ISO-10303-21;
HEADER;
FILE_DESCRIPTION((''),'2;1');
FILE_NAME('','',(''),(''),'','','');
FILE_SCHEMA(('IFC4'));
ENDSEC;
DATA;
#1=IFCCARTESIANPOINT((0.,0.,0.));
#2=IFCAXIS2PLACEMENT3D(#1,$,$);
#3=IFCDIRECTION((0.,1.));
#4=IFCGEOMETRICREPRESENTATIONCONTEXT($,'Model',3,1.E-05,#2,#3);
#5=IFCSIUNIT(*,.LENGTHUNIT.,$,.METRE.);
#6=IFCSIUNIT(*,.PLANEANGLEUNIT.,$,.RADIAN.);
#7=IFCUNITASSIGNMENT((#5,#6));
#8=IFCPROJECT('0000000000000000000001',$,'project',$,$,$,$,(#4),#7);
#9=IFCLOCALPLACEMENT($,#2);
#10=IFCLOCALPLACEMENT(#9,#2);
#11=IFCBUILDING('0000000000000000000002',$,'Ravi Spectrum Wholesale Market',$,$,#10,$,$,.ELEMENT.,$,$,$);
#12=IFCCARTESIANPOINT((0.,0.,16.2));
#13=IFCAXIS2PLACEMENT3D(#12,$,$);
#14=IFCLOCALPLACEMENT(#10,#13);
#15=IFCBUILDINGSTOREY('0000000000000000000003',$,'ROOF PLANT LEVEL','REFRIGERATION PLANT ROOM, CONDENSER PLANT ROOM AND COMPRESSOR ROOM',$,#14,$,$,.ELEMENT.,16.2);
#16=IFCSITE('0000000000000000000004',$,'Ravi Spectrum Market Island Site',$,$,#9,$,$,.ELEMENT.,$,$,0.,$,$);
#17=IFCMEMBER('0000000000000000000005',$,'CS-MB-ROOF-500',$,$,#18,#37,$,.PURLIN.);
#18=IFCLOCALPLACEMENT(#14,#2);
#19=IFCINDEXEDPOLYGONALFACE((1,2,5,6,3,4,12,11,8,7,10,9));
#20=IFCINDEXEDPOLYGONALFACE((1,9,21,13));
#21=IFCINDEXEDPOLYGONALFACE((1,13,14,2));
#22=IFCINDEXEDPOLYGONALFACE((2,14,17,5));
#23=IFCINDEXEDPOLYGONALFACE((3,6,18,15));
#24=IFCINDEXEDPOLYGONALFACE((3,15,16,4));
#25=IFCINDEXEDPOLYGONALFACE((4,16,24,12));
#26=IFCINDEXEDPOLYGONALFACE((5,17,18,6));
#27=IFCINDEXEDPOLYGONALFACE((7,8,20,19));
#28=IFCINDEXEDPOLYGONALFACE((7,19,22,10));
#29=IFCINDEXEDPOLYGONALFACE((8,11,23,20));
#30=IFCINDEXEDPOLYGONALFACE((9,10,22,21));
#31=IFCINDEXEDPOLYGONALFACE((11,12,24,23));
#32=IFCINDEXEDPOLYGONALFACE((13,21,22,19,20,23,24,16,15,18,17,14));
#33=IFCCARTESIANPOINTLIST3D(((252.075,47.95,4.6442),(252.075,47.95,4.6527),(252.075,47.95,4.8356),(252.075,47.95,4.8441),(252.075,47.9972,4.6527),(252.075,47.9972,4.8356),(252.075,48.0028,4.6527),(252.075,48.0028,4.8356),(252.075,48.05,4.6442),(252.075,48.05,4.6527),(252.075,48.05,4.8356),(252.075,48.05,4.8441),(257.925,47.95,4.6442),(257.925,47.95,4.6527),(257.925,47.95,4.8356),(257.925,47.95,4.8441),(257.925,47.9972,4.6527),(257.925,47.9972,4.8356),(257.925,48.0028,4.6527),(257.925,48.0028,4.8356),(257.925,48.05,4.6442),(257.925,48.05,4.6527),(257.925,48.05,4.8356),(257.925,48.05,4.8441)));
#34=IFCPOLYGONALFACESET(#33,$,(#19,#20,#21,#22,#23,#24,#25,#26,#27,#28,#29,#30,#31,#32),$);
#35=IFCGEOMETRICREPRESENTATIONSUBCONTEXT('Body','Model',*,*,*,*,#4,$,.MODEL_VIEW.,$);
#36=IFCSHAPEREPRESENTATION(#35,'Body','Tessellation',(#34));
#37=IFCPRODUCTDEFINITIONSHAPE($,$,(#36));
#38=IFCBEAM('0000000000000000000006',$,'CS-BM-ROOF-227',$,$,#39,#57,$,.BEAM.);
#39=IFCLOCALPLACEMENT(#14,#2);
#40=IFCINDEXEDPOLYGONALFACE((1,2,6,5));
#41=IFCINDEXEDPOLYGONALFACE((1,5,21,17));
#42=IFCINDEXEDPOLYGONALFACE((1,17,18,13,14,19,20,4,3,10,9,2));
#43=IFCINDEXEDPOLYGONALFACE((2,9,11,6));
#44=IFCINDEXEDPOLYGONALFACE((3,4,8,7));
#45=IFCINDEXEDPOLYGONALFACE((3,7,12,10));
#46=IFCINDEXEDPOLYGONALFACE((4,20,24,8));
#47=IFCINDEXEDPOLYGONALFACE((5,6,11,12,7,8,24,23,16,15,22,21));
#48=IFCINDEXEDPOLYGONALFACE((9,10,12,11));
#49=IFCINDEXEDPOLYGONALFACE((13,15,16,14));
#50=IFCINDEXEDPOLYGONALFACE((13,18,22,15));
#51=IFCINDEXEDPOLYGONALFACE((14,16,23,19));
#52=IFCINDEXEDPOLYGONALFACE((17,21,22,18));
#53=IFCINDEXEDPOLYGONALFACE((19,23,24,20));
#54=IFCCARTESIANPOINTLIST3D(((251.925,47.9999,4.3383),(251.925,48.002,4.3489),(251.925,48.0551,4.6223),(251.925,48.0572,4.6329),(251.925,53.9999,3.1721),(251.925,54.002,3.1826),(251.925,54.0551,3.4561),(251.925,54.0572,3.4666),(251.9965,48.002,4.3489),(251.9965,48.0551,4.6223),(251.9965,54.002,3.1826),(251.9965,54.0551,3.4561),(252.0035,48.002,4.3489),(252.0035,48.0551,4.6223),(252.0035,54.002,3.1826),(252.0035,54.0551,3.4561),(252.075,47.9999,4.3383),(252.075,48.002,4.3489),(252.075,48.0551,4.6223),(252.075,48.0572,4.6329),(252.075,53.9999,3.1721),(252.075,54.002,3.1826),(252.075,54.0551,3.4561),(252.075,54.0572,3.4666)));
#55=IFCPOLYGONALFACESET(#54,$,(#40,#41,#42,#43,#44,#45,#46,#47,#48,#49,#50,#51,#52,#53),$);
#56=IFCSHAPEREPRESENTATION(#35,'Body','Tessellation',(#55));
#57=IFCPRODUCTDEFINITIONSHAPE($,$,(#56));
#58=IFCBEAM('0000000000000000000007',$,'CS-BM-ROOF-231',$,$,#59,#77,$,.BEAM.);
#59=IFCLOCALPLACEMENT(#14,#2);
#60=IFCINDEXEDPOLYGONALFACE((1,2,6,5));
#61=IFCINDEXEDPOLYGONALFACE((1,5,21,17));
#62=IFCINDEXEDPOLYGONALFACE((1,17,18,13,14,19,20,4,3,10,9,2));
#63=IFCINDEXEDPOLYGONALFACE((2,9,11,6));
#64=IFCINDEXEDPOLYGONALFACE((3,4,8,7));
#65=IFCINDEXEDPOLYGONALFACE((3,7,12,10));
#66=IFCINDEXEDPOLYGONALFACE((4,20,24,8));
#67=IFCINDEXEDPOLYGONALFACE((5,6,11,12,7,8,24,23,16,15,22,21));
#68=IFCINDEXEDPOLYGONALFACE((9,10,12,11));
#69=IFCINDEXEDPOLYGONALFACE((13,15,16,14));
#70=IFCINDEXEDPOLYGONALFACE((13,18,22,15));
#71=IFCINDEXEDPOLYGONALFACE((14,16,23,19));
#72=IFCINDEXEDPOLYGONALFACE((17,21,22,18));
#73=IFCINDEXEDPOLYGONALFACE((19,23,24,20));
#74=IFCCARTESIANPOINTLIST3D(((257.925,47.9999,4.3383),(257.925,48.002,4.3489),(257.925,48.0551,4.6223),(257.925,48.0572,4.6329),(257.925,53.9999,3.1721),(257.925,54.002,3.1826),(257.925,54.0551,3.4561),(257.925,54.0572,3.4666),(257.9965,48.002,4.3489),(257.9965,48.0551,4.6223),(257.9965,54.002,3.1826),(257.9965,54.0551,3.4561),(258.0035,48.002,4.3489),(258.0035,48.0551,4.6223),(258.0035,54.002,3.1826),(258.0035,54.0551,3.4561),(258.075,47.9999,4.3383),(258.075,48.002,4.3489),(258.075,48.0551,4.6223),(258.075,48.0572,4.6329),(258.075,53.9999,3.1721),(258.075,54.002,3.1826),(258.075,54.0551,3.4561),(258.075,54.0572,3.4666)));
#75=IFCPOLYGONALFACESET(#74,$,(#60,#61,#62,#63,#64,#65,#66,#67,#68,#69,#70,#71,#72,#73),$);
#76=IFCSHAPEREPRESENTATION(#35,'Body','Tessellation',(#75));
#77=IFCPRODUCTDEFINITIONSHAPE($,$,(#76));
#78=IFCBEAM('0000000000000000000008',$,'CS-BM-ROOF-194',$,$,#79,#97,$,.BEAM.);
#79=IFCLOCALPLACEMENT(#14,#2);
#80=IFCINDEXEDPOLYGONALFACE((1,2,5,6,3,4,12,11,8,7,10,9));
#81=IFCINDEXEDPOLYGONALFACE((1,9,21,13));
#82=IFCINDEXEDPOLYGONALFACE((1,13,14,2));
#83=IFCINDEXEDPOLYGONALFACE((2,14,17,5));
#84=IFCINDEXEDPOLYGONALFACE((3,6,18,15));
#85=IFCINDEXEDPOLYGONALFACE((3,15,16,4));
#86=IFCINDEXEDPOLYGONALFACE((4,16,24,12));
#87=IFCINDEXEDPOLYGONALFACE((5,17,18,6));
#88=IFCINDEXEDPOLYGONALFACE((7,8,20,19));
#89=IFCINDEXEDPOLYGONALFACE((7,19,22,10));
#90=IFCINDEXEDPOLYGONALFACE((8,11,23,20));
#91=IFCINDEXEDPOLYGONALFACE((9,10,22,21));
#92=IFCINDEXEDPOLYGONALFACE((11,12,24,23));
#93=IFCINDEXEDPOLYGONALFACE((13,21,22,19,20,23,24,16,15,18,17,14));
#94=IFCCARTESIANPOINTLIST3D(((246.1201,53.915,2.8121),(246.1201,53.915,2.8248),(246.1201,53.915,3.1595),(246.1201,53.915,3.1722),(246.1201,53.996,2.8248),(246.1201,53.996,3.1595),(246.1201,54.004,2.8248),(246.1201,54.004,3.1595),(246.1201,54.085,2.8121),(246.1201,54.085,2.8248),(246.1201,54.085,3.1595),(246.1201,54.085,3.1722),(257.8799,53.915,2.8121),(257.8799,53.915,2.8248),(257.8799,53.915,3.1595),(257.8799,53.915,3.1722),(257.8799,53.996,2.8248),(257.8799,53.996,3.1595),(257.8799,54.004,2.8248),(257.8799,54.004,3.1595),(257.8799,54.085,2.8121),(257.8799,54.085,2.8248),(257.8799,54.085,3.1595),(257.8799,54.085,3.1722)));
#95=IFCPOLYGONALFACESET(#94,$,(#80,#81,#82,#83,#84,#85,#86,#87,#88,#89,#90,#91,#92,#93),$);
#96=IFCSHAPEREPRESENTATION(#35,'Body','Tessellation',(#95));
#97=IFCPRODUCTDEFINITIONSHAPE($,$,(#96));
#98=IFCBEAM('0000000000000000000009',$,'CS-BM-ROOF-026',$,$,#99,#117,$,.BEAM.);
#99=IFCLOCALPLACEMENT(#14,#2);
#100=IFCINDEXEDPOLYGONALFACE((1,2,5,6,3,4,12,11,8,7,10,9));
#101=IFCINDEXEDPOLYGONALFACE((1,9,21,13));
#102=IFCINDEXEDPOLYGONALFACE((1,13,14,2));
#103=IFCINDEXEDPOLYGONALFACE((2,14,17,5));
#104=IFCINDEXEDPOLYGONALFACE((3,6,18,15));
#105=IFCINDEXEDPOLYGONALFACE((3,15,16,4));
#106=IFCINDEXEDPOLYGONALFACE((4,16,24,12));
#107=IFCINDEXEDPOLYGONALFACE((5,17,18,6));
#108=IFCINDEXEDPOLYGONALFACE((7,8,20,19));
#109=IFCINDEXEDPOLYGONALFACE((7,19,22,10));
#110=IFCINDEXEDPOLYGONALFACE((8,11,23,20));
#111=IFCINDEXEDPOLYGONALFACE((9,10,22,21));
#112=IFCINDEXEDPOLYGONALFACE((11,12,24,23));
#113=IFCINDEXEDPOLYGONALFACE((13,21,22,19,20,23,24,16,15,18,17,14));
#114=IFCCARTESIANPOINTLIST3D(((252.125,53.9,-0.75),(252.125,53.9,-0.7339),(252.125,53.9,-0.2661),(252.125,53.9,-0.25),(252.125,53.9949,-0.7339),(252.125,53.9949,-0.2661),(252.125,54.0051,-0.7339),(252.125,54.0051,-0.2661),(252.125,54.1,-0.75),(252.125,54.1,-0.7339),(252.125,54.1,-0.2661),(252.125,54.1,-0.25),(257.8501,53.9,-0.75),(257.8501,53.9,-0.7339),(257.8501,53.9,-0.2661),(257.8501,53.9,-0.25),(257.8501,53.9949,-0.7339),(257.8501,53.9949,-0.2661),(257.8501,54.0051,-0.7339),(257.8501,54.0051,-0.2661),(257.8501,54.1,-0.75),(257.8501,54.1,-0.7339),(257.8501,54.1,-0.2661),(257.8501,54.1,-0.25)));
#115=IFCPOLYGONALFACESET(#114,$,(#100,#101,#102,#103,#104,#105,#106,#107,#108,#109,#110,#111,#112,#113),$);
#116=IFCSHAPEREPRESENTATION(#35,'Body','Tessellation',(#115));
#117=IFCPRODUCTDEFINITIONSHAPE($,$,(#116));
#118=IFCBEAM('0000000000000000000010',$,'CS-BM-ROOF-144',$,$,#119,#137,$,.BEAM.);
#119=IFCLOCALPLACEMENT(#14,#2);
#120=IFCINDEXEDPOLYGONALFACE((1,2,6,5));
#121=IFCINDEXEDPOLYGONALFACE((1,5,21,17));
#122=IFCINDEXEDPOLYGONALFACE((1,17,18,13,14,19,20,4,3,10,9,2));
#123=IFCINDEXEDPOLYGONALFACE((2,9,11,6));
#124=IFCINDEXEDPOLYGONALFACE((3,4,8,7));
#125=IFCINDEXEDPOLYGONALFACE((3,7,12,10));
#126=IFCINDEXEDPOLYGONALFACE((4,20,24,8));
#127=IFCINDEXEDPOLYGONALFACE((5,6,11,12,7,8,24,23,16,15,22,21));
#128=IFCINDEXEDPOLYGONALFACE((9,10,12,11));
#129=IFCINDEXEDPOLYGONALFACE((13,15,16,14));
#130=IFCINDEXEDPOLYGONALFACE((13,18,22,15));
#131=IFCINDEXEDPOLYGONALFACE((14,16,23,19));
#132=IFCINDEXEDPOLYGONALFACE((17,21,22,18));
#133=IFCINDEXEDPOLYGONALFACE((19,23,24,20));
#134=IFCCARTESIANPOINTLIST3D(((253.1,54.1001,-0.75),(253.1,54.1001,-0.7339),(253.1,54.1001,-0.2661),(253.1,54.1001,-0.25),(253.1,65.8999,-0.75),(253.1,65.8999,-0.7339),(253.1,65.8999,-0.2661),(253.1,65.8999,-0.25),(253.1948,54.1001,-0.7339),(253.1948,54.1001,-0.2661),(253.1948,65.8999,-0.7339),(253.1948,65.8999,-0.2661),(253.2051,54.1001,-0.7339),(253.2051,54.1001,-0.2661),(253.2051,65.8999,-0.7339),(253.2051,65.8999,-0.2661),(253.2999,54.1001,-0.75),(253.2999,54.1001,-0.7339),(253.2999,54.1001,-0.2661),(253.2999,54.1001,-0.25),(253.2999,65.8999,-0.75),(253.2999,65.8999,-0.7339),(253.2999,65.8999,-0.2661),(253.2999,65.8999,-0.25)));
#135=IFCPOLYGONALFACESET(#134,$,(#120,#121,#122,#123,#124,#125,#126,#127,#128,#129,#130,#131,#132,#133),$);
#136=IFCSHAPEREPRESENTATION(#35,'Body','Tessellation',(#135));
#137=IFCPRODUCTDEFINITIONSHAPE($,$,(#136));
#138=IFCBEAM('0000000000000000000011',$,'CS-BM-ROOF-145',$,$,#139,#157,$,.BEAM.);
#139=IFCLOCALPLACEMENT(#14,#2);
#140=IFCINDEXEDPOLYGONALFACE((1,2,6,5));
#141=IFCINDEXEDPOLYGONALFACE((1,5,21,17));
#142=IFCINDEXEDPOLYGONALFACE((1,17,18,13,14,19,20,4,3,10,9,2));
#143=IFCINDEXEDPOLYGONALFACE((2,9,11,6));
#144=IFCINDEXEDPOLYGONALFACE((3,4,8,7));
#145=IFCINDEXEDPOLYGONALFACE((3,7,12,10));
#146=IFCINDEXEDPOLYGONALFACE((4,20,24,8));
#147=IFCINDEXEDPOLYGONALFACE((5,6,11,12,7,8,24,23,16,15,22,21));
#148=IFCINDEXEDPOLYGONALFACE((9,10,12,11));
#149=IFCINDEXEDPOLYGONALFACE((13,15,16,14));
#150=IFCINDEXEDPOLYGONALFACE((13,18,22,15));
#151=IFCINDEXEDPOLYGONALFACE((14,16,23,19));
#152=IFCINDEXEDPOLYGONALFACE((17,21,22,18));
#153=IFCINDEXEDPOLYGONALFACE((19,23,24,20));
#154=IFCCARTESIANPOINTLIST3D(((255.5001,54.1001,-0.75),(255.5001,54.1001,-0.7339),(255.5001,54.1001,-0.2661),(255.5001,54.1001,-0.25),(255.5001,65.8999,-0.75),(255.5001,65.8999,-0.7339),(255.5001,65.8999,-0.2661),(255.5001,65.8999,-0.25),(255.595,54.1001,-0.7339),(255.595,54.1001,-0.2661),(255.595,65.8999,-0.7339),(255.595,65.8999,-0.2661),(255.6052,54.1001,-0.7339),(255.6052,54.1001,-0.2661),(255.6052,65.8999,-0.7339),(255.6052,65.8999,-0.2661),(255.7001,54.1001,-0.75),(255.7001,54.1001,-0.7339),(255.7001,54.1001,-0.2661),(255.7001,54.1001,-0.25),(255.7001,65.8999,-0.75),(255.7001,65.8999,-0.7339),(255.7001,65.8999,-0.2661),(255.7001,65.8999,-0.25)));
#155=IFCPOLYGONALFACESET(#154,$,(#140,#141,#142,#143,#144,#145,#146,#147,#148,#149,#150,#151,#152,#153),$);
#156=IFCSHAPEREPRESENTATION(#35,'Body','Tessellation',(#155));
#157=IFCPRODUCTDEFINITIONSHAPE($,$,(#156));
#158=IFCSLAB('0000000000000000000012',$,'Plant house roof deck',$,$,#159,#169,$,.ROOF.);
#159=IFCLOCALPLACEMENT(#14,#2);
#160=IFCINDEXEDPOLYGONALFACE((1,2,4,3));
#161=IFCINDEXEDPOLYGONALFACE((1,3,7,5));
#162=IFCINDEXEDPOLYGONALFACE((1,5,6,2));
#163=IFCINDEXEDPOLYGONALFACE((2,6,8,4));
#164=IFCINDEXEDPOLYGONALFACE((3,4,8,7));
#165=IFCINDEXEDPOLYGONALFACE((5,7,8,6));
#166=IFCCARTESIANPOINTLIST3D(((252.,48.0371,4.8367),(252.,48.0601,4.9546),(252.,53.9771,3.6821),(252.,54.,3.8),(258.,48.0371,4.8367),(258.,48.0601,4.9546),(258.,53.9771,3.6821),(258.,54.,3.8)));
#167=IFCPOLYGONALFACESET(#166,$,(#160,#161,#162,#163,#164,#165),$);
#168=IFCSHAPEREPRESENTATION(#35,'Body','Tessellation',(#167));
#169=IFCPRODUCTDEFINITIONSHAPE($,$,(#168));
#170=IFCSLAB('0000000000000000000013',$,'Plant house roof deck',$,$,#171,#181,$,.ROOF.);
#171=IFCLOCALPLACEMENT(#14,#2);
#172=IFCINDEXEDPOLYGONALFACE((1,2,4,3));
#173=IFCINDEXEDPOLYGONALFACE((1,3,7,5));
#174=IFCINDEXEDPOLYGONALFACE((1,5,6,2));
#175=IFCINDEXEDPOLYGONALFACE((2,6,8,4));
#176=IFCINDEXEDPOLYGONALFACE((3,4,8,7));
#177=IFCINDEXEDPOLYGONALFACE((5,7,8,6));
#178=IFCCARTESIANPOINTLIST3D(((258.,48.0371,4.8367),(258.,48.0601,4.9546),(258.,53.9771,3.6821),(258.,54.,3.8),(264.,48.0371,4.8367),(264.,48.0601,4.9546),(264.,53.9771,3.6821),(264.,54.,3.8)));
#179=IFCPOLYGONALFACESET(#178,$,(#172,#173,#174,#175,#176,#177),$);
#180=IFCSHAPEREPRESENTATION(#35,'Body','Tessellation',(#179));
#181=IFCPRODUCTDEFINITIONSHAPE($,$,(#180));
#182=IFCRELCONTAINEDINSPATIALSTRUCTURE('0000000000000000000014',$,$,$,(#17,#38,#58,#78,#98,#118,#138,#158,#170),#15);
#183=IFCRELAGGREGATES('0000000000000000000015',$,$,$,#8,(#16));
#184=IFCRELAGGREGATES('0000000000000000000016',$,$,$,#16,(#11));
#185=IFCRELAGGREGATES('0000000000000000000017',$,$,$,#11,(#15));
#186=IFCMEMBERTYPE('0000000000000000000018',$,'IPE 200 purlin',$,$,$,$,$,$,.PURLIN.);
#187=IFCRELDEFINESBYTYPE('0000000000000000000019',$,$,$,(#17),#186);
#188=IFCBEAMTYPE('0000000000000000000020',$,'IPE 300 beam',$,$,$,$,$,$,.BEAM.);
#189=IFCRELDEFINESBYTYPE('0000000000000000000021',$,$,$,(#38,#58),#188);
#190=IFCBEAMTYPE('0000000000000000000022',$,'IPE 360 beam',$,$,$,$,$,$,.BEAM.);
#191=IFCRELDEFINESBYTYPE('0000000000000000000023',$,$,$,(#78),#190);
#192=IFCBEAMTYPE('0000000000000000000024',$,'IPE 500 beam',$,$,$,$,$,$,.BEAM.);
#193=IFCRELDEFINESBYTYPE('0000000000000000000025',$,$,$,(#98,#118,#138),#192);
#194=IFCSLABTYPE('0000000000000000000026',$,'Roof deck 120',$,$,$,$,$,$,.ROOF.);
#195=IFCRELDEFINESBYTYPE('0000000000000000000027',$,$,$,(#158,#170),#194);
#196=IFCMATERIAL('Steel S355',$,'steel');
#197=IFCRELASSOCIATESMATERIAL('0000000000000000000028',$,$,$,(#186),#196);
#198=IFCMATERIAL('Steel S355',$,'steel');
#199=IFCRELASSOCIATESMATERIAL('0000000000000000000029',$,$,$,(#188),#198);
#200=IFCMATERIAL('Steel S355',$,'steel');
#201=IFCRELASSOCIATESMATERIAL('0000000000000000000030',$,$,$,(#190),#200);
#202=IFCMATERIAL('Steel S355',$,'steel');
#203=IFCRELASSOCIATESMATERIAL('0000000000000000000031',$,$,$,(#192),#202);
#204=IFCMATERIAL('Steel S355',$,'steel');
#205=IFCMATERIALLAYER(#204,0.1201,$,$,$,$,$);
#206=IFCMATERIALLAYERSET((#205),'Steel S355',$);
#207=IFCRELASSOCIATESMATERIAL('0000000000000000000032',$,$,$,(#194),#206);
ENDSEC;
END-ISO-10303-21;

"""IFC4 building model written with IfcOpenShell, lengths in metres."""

from ifc_helpers import new_model, si_unit, direction, frame, origin, origin_2d, place, context, subcontext, project, spatial, polyline, i_section, outline, extrude, material, layer, layer_set, material_profile, profile_set, type_object, element, save


model = new_model("IFC4")

# Units and contexts
model_context = context("Model", 3, precision=1e-05, world=origin(), true_north=direction((0.0, 1.0)))
body_context = subcontext(model_context, "Body", "Model", "MODEL_VIEW")
ifc_project = project(units=[si_unit("LENGTHUNIT", "METRE"), si_unit("PLANEANGLEUNIT", "RADIAN")], contexts=[model_context])

# Site, building, storey
site_placement = place(None, origin())
site = spatial("IfcSite", under=ifc_project, at=site_placement, Name="Ravi Spectrum Market Island Site", CompositionType="ELEMENT", RefElevation=0.0)
building_placement = place(site_placement, origin())
building = spatial("IfcBuilding", under=site, at=building_placement, Name="Ravi Spectrum Wholesale Market", CompositionType="ELEMENT")
storey_placement = place(building_placement, frame((0.0, 0.0, 16.2)))
storey = spatial("IfcBuildingStorey", under=building, at=storey_placement, Name="ROOF PLANT LEVEL", Description="REFRIGERATION PLANT ROOM, CONDENSER PLANT ROOM AND COMPRESSOR ROOM", CompositionType="ELEMENT", Elevation=16.2)

# Member
ifc_material_1 = material(Name="Steel S355", Category="steel")
ifc_material_profile_1 = material_profile(ifc_material_1, i_section(OverallWidth=0.1001, OverallDepth=0.2, WebThickness=0.0056, FlangeThickness=0.0085, at=origin_2d()))
ifc_profile_set_1 = profile_set([ifc_material_profile_1], Name="Steel S355")
member_type = type_object("IfcMemberType", Name="IPE 200 purlin", PredefinedType="PURLIN", material=ifc_profile_set_1)
for number, where, z_axis, x_axis, name in (
    (1, (252.075, 48.0, 4.7441), (1.0, 0.0, 0.0), (0.0, 1.0, 0.0), "CS-MB-ROOF-500"),
):
    element("IfcMember", number, at=place(storey_placement, frame(where, z_axis=z_axis, x_axis=x_axis)), inside=storey, type_object=member_type, Name=name, PredefinedType="PURLIN", context=body_context, shape_type="SweptSolid", body=[
        extrude(i_section(OverallWidth=0.1001, OverallDepth=0.2, WebThickness=0.0056, FlangeThickness=0.0085, at=origin_2d()), origin(), (0.0, 0.0, 1.0), 5.8501),
    ])

# Beams
ifc_material_2 = material(Name="Steel S355", Category="steel")
ifc_material_profile_2 = material_profile(ifc_material_2, i_section(OverallWidth=0.1499, OverallDepth=0.3, WebThickness=0.0071, FlangeThickness=0.0107, at=origin_2d()))
ifc_profile_set_2 = profile_set([ifc_material_profile_2], Name="Steel S355")
beam_type_1 = type_object("IfcBeamType", Name="IPE 300 beam", PredefinedType="BEAM", material=ifc_profile_set_2)
for number, where, z_axis, x_axis, name in (
    (2, (252.0, 54.0286, 3.3193), (0.0, -0.981628, 0.190806), (1.0, 0.0, 0.0), "CS-BM-ROOF-227"),
    (3, (258.0, 54.0286, 3.3193), (0.0, -0.981628, 0.190806), (1.0, 0.0, 0.0), "CS-BM-ROOF-231"),
):
    element("IfcBeam", number, at=place(storey_placement, frame(where, z_axis=z_axis, x_axis=x_axis)), inside=storey, type_object=beam_type_1, Name=name, PredefinedType="BEAM", context=body_context, shape_type="SweptSolid", body=[
        extrude(i_section(OverallWidth=0.1499, OverallDepth=0.3, WebThickness=0.0071, FlangeThickness=0.0107, at=origin_2d()), origin(), (0.0, 0.0, 1.0), 6.1123),
    ])
ifc_material_3 = material(Name="Steel S355", Category="steel")
ifc_material_profile_3 = material_profile(ifc_material_3, i_section(OverallWidth=0.1699, OverallDepth=0.3601, WebThickness=0.0081, FlangeThickness=0.0127, at=origin_2d()))
ifc_profile_set_3 = profile_set([ifc_material_profile_3], Name="Steel S355")
beam_type_2 = type_object("IfcBeamType", Name="IPE 360 beam", PredefinedType="BEAM", material=ifc_profile_set_3)
beam_1_placement = place(storey_placement, frame((246.1201, 54.0, 2.9922), z_axis=(1.0, 0.0, 0.0), x_axis=(0.0, 1.0, 0.0)))
element("IfcBeam", 4, at=beam_1_placement, inside=storey, type_object=beam_type_2, Name="CS-BM-ROOF-194", PredefinedType="BEAM", context=body_context, shape_type="SweptSolid", body=[
    extrude(i_section(OverallWidth=0.1699, OverallDepth=0.3601, WebThickness=0.0081, FlangeThickness=0.0127, at=origin_2d()), origin(), (0.0, 0.0, 1.0), 11.7598),
])
ifc_material_4 = material(Name="Steel S355", Category="steel")
ifc_material_profile_4 = material_profile(ifc_material_4, i_section(OverallWidth=0.2, OverallDepth=0.5, WebThickness=0.0103, FlangeThickness=0.0161, at=origin_2d()))
ifc_profile_set_4 = profile_set([ifc_material_profile_4], Name="Steel S355")
beam_type_3 = type_object("IfcBeamType", Name="IPE 500 beam", PredefinedType="BEAM", material=ifc_profile_set_4)
beam_2_placement = place(storey_placement, frame((252.125, 54.0, -0.5), z_axis=(1.0, 0.0, 0.0), x_axis=(0.0, 1.0, 0.0)))
element("IfcBeam", 5, at=beam_2_placement, inside=storey, type_object=beam_type_3, Name="CS-BM-ROOF-026", PredefinedType="BEAM", context=body_context, shape_type="SweptSolid", body=[
    extrude(i_section(OverallWidth=0.2, OverallDepth=0.5, WebThickness=0.0103, FlangeThickness=0.0161, at=origin_2d()), origin(), (0.0, 0.0, 1.0), 5.7251),
])
for number, where, z_axis, x_axis, name in (
    (6, (253.2, 54.1001, -0.5), (0.0, 1.0, 0.0), (-1.0, 0.0, 0.0), "CS-BM-ROOF-144"),
    (7, (255.6001, 54.1001, -0.5), (0.0, 1.0, 0.0), (-1.0, 0.0, 0.0), "CS-BM-ROOF-145"),
):
    element("IfcBeam", number, at=place(storey_placement, frame(where, z_axis=z_axis, x_axis=x_axis)), inside=storey, type_object=beam_type_3, Name=name, PredefinedType="BEAM", context=body_context, shape_type="SweptSolid", body=[
        extrude(i_section(OverallWidth=0.2, OverallDepth=0.5, WebThickness=0.0103, FlangeThickness=0.0161, at=origin_2d()), origin(), (0.0, 0.0, 1.0), 11.7998),
    ])

# Slabs
ifc_material_5 = material(Name="Steel S355", Category="steel")
ifc_layer_1 = layer(ifc_material_5, 0.1201)
ifc_layer_set_1 = layer_set([ifc_layer_1], Name="Steel S355")
slab_type = type_object("IfcSlabType", Name="Roof deck 120", PredefinedType="ROOF", material=ifc_layer_set_1)
for number, where, z_axis, x_axis, name in (
    (8, (252.0, 54.0, 3.8), (0.0, 0.190798, 0.981629), (1.0, 0.0, 0.0), "Plant house roof deck"),
    (9, (258.0, 54.0, 3.8), (0.0, 0.190798, 0.981629), (1.0, 0.0, 0.0), "Plant house roof deck"),
):
    element("IfcSlab", number, at=place(storey_placement, frame(where, z_axis=z_axis, x_axis=x_axis)), inside=storey, type_object=slab_type, Name=name, PredefinedType="ROOF", context=body_context, shape_type="SweptSolid", body=[
        extrude(outline(polyline([(0.0, 0.0), (6.0, 0.0), (6.0, -6.0511), (0.0, -6.0511), (0.0, 0.0)])), origin(), (0.0, 0.0, -1.0), 0.1201),
    ])

save(model, "model.ifc")
